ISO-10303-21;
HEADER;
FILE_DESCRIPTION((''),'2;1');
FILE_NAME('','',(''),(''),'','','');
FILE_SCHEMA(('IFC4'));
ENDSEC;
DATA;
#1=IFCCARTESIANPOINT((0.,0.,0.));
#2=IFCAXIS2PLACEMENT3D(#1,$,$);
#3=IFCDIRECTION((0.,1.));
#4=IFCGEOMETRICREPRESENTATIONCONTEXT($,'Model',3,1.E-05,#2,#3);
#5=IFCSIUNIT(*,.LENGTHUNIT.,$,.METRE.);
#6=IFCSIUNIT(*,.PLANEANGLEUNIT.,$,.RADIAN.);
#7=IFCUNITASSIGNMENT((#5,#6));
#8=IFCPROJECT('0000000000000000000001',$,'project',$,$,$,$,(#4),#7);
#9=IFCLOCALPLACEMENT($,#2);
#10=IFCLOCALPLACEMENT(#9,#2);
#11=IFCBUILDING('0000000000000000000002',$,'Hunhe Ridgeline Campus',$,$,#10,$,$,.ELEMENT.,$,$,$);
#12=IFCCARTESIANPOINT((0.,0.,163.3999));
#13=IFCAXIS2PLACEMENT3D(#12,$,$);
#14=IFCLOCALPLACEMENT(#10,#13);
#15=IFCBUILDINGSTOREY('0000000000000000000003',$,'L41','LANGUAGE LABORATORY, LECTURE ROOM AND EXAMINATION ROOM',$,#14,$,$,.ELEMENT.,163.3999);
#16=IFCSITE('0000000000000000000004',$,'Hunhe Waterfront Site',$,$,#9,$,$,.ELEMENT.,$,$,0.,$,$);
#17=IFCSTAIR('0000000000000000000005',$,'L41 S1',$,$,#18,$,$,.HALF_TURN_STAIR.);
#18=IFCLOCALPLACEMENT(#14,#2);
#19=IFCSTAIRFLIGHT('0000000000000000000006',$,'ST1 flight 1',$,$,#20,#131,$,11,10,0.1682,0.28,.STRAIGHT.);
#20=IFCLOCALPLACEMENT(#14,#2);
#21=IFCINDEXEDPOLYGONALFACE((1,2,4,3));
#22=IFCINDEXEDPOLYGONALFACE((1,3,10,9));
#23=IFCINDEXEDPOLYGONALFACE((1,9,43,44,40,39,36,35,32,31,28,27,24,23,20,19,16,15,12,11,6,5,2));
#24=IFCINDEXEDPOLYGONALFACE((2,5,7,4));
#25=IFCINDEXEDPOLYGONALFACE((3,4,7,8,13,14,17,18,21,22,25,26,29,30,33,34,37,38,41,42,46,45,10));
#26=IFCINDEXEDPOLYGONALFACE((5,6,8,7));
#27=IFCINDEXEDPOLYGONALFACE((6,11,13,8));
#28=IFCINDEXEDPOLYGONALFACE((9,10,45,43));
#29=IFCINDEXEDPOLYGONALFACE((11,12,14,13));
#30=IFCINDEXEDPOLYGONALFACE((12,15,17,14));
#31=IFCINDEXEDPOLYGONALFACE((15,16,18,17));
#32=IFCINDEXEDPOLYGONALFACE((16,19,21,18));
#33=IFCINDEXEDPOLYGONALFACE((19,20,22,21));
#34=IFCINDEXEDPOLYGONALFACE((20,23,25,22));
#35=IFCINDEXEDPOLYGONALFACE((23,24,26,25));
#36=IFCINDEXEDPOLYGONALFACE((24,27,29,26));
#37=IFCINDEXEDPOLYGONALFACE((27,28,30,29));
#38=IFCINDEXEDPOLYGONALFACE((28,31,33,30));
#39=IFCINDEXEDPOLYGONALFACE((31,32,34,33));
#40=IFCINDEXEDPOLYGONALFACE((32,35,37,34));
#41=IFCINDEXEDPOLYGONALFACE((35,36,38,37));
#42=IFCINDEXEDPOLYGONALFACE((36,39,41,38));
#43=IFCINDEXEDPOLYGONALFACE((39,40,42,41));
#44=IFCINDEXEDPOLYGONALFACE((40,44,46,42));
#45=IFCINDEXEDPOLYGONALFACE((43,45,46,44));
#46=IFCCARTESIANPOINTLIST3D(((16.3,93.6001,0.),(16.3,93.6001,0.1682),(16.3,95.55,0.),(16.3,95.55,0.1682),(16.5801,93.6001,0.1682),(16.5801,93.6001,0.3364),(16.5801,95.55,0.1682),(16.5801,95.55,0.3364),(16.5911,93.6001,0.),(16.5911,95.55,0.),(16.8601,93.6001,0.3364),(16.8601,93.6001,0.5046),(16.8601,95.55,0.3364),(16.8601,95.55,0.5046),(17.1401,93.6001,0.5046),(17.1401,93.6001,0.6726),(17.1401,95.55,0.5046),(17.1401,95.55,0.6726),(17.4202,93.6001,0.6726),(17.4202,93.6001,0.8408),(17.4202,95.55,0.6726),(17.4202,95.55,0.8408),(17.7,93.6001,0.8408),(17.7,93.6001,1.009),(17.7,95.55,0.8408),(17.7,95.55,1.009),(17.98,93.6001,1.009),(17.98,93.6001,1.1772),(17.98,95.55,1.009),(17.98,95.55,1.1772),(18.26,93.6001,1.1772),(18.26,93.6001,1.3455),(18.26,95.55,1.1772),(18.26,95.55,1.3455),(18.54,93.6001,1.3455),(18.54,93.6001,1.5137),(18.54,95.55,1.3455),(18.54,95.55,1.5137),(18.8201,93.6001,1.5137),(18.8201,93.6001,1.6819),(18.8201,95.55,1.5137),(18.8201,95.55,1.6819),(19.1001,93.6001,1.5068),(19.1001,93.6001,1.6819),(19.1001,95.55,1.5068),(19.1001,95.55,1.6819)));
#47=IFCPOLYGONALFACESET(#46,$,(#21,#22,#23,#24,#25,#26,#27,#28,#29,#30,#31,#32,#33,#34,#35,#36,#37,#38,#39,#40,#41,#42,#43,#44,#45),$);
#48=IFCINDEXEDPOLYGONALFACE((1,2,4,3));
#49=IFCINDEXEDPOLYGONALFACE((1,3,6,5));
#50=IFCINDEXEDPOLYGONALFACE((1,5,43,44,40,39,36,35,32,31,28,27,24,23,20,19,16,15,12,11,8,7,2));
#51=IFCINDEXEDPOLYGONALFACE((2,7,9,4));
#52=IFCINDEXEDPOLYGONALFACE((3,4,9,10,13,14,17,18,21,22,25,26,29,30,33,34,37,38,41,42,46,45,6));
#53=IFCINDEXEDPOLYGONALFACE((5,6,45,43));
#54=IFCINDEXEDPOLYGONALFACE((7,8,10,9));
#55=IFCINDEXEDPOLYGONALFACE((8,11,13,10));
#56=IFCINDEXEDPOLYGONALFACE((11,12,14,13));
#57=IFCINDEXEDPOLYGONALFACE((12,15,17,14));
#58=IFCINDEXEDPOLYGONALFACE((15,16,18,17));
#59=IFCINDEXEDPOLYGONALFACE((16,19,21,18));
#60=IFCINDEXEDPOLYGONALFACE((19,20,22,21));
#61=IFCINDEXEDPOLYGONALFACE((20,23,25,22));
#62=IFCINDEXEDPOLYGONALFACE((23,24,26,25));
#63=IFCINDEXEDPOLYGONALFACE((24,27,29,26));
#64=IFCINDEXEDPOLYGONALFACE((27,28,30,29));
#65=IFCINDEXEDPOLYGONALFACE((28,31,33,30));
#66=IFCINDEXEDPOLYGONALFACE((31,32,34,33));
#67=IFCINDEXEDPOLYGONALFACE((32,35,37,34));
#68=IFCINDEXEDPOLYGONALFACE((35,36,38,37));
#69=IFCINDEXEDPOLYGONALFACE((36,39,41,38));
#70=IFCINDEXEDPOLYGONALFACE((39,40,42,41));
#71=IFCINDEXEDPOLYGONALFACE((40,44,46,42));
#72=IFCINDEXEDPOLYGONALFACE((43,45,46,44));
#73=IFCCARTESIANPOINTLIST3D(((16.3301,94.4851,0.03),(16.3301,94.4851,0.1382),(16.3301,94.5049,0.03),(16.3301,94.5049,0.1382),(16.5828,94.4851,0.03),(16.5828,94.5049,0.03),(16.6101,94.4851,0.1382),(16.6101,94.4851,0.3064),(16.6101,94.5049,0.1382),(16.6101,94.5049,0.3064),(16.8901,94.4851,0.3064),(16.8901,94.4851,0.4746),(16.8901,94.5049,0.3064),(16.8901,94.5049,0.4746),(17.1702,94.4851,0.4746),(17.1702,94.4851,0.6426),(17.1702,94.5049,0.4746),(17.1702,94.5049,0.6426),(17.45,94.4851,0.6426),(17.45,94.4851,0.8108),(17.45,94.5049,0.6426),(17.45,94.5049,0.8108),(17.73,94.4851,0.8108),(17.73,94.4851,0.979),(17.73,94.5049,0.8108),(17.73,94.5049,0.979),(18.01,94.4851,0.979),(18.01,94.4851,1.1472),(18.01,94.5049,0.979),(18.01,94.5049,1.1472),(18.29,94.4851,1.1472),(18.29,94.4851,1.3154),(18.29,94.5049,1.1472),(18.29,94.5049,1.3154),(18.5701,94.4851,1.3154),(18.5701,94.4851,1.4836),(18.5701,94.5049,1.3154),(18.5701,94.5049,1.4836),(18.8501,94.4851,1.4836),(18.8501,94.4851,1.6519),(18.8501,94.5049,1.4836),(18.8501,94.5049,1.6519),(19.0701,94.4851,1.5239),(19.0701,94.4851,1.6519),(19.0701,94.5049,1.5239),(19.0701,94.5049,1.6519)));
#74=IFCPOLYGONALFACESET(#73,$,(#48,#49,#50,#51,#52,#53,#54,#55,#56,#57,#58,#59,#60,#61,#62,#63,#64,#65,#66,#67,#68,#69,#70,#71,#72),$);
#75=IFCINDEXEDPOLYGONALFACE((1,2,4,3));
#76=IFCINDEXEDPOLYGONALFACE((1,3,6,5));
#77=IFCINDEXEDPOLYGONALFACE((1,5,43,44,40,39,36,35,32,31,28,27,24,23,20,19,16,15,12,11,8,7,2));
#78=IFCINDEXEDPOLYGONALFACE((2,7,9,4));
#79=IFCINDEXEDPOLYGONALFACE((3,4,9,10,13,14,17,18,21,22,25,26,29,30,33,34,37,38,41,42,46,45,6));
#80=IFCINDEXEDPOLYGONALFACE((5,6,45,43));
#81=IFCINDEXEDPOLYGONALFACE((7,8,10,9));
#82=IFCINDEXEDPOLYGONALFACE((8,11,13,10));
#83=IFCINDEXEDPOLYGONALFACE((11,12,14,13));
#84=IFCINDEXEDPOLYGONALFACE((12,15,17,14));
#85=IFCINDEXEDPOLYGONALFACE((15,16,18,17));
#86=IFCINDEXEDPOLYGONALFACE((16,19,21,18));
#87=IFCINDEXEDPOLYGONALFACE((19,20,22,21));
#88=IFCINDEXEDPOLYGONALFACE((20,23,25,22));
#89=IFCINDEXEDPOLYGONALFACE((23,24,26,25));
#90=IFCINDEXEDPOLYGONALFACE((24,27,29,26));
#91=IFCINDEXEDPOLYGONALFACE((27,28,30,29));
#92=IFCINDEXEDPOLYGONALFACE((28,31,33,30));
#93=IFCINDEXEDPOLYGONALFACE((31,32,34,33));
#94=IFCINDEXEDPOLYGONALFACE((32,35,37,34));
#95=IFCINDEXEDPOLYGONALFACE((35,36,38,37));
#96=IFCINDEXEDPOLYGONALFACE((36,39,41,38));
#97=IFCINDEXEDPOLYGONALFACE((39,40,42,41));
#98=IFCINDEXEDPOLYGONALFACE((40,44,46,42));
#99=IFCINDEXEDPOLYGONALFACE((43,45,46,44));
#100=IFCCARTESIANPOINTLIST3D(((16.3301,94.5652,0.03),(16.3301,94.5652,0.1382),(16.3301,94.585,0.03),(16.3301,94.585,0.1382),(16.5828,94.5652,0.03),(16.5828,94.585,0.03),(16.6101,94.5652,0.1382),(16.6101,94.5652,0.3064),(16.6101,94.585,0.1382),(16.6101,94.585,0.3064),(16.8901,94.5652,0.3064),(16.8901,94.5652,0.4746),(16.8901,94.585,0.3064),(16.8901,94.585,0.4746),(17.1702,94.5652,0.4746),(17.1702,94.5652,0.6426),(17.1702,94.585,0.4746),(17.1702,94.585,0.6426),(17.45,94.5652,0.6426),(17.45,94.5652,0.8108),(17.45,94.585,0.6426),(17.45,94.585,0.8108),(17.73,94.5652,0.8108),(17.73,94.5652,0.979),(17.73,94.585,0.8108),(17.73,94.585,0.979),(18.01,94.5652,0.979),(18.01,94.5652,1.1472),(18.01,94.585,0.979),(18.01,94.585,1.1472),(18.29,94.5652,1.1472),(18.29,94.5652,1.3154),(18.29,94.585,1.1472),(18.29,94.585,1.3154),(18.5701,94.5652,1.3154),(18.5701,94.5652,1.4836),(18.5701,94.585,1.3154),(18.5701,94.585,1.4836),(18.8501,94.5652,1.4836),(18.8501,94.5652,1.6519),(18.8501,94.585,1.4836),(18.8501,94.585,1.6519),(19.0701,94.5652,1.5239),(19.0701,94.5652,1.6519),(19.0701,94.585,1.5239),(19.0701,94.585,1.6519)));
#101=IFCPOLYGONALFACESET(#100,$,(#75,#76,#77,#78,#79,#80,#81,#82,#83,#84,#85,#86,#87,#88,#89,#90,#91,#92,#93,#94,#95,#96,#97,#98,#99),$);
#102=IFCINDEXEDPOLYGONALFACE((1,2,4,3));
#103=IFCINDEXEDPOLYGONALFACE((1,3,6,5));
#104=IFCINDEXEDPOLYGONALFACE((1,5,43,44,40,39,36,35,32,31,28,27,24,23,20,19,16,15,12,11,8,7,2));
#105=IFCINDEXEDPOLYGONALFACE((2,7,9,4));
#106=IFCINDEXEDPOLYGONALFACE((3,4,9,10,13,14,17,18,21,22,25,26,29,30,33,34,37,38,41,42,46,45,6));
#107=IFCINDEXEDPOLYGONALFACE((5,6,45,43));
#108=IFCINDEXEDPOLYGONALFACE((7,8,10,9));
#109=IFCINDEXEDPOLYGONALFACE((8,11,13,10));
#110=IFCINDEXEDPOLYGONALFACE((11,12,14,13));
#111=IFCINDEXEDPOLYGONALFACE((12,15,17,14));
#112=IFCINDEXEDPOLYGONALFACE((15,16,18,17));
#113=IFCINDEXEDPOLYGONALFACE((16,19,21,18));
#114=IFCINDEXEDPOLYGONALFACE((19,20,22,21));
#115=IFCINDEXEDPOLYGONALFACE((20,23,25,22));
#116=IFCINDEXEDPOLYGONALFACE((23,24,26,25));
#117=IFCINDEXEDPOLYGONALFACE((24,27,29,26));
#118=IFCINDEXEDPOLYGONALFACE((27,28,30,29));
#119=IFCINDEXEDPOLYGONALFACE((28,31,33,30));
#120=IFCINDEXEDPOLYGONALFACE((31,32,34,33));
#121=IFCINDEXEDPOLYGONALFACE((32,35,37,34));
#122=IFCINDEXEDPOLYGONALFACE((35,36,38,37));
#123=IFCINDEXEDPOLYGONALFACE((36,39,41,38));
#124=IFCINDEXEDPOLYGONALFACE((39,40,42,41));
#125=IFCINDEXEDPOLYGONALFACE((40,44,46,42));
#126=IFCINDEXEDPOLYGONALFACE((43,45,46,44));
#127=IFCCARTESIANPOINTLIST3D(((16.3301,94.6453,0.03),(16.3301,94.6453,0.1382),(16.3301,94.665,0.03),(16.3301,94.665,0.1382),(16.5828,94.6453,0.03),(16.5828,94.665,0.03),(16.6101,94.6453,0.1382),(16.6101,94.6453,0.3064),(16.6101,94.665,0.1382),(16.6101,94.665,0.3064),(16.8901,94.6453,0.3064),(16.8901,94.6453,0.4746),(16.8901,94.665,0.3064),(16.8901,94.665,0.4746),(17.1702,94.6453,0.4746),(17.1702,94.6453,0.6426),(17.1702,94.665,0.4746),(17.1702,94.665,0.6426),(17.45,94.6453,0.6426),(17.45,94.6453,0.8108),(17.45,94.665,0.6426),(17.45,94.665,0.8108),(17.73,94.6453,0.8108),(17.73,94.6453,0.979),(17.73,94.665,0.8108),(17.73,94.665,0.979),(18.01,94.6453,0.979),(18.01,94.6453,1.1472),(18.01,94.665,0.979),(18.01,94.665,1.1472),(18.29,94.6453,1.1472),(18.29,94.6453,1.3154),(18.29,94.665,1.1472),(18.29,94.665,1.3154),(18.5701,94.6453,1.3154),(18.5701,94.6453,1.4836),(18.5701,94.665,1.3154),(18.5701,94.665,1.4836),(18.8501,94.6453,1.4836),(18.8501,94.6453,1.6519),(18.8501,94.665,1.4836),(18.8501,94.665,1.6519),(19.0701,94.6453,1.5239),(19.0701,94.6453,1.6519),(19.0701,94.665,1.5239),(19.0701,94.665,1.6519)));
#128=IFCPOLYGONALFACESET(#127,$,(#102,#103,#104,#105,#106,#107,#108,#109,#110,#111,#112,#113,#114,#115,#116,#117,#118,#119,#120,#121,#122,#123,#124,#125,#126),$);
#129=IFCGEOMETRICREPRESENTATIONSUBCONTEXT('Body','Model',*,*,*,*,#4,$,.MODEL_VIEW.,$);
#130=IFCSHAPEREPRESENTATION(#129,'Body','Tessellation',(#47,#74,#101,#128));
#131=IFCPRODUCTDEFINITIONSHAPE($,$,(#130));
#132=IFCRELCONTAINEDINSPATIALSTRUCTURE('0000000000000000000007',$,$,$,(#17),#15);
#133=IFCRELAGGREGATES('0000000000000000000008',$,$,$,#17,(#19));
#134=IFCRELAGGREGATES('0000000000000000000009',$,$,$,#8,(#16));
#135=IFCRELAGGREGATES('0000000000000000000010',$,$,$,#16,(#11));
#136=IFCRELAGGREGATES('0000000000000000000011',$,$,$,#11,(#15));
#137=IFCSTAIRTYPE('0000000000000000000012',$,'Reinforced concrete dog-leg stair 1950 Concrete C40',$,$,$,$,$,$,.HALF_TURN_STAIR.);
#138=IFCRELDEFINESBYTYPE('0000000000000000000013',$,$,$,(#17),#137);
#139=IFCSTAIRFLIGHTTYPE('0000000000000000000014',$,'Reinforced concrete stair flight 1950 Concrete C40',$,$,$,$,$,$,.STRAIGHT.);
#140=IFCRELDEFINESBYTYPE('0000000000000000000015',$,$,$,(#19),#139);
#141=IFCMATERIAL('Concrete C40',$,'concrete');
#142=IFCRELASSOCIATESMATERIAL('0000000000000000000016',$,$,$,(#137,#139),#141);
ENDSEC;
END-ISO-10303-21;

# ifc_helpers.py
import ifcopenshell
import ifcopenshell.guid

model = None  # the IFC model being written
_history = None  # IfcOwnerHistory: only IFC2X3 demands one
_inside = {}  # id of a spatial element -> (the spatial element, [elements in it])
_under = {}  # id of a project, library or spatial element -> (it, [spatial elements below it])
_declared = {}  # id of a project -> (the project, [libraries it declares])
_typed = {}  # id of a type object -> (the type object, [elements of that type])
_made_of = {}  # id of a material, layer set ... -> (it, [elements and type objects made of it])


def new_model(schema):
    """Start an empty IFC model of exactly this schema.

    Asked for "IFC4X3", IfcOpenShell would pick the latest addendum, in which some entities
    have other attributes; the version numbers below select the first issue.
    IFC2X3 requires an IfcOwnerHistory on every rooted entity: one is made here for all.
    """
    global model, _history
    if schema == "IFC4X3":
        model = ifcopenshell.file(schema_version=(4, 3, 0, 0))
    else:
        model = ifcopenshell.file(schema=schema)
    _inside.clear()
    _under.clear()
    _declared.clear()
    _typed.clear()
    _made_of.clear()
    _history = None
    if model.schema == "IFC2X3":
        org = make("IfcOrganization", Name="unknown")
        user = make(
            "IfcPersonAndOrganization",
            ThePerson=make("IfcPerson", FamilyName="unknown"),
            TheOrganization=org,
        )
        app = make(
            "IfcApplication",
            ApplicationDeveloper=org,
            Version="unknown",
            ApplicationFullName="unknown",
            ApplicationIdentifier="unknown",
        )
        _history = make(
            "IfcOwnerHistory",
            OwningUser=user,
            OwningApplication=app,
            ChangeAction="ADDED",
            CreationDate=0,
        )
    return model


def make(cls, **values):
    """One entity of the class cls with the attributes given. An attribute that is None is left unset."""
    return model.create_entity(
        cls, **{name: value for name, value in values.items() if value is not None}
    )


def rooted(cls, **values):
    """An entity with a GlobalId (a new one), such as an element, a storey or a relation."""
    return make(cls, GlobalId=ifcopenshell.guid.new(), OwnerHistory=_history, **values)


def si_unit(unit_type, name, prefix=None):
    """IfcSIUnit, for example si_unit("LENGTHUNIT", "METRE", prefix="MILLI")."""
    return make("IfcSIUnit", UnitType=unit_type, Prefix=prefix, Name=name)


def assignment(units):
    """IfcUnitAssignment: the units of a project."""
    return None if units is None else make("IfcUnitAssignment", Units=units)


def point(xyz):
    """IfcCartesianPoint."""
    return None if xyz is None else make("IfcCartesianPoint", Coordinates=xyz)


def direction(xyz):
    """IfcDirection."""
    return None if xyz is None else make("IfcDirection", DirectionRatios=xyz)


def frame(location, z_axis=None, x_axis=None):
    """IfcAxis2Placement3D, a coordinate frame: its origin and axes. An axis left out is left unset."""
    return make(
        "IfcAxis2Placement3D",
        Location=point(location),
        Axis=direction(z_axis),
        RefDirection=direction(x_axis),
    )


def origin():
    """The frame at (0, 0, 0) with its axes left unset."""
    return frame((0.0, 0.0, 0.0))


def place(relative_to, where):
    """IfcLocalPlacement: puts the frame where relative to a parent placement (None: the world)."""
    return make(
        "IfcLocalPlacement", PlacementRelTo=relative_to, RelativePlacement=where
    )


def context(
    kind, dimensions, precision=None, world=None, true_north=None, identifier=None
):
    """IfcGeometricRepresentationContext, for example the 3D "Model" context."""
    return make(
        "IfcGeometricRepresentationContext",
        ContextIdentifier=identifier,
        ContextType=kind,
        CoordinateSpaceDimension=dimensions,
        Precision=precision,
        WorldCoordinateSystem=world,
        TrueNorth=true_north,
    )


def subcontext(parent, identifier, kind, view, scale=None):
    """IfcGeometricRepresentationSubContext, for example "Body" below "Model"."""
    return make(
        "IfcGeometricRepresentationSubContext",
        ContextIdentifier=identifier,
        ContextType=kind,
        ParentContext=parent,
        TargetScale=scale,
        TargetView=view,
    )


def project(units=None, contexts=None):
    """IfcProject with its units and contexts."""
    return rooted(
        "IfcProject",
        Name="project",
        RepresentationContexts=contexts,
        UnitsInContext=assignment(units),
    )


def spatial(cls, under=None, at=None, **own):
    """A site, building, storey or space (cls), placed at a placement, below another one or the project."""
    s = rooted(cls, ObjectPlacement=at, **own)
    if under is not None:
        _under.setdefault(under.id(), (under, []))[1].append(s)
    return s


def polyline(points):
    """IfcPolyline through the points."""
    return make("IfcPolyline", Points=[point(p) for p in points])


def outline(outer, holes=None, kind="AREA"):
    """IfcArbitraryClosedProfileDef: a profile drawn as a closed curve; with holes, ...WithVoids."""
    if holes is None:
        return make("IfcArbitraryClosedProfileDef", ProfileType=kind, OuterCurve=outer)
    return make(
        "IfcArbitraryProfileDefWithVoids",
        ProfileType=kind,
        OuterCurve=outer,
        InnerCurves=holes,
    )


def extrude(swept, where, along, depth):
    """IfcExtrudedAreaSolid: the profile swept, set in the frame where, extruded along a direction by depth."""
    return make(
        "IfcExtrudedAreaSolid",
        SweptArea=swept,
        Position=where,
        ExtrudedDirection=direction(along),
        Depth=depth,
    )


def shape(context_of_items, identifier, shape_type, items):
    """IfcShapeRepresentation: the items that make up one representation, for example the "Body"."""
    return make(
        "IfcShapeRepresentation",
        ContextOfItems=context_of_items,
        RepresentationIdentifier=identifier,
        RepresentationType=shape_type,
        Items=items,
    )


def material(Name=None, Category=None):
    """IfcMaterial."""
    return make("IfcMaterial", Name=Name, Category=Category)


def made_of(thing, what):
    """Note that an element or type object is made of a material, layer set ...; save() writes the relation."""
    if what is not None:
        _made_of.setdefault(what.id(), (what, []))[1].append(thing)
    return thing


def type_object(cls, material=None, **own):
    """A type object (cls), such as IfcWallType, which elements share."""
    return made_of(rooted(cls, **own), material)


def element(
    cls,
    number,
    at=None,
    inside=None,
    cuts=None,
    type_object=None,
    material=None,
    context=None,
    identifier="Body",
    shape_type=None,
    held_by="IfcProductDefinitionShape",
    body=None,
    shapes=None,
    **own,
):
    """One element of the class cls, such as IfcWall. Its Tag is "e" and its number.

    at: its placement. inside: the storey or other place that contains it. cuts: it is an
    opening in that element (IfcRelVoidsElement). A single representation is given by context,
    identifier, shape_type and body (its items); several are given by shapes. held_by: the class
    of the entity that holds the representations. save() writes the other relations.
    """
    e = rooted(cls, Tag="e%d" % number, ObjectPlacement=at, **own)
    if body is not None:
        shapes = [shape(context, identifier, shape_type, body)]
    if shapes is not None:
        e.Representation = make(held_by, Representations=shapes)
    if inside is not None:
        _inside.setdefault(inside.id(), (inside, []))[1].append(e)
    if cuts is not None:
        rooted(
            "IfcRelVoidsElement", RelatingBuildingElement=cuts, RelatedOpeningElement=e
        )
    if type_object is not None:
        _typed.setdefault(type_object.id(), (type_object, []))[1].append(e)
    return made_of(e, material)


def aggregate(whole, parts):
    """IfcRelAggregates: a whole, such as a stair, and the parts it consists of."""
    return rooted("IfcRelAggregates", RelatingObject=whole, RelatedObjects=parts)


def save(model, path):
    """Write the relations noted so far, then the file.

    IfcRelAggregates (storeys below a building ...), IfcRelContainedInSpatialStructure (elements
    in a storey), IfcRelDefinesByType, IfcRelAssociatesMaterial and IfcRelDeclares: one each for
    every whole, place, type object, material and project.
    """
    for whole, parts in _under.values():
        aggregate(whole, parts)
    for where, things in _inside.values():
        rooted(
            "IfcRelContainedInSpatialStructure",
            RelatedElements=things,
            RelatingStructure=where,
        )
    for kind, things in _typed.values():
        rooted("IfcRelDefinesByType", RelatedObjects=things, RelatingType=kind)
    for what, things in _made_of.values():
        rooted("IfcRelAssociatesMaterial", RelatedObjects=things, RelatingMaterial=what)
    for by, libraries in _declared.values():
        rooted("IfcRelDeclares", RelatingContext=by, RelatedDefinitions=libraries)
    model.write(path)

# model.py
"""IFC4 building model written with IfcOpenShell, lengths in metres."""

from ifc_helpers import new_model, si_unit, direction, frame, origin, place, context, subcontext, project, spatial, polyline, outline, extrude, material, type_object, element, aggregate, save


model = new_model("IFC4")

# Units and contexts
model_context = context("Model", 3, precision=1e-05, world=origin(), true_north=direction((0.0, 1.0)))
body_context = subcontext(model_context, "Body", "Model", "MODEL_VIEW")
ifc_project = project(units=[si_unit("LENGTHUNIT", "METRE"), si_unit("PLANEANGLEUNIT", "RADIAN")], contexts=[model_context])

# Site, building, storey
site_placement = place(None, origin())
site = spatial("IfcSite", under=ifc_project, at=site_placement, Name="Hunhe Waterfront Site", CompositionType="ELEMENT", RefElevation=0.0)
building_placement = place(site_placement, origin())
building = spatial("IfcBuilding", under=site, at=building_placement, Name="Hunhe Ridgeline Campus", CompositionType="ELEMENT")
storey_placement = place(building_placement, frame((0.0, 0.0, 163.3999)))
storey = spatial("IfcBuildingStorey", under=building, at=storey_placement, Name="L41", Description="LANGUAGE LABORATORY, LECTURE ROOM AND EXAMINATION ROOM", CompositionType="ELEMENT", Elevation=163.3999)

# Stair, stair flight
ifc_material_1 = material(Name="Concrete C40", Category="concrete")
stair_type = type_object("IfcStairType", Name="Reinforced concrete dog-leg stair 1950 Concrete C40", PredefinedType="HALF_TURN_STAIR", material=ifc_material_1)
stair_placement = place(storey_placement, origin())
stair = element("IfcStair", 1, at=stair_placement, inside=storey, type_object=stair_type, Name="L41 S1", PredefinedType="HALF_TURN_STAIR")
stair_flight_type = type_object("IfcStairFlightType", Name="Reinforced concrete stair flight 1950 Concrete C40", PredefinedType="STRAIGHT", material=ifc_material_1)
stair_flight_placement = place(storey_placement, frame((16.3, 94.575, 0.0), z_axis=(0.0, 0.0, 1.0), x_axis=(1.0, 0.0, 0.0)))
stair_flight = element("IfcStairFlight", 2, at=stair_flight_placement, type_object=stair_flight_type, Name="ST1 flight 1", NumberOfRisers=11, NumberOfTreads=10, PredefinedType="STRAIGHT", RiserHeight=0.1682, TreadLength=0.28, context=body_context, shape_type="SweptSolid", body=[
    extrude(outline(polyline([(0.0, 0.0), (0.0, 0.1682), (0.28, 0.1682), (0.28, 0.3364), (0.5601, 0.3364), (0.5601, 0.5046), (0.8401, 0.5046), (0.8401, 0.6726), (1.1201, 0.6726), (1.1201, 0.8408), (1.3999, 0.8408), (1.3999, 1.009), (1.6799, 1.009), (1.6799, 1.1772), (1.96, 1.1772), (1.96, 1.3455), (2.24, 1.3455), (2.24, 1.5137), (2.52, 1.5137), (2.52, 1.6819), (2.8, 1.6819), (2.8, 1.8501), (2.8, 1.5068), (0.291, 0.0), (0.0, 0.0)])), frame((0.0, 0.9751, 0.0), z_axis=(0.0, -1.0, 0.0), x_axis=(1.0, 0.0, 0.0)), (0.0, 0.0, 1.0), 1.95),
    extrude(outline(polyline([(0.03, 0.03), (0.03, 0.1382), (0.3101, 0.1382), (0.3101, 0.3064), (0.5901, 0.3064), (0.5901, 0.4746), (0.8701, 0.4746), (0.8701, 0.6426), (1.1499, 0.6426), (1.1499, 0.8108), (1.4299, 0.8108), (1.4299, 0.979), (1.71, 0.979), (1.71, 1.1472), (1.99, 1.1472), (1.99, 1.3154), (2.27, 1.3154), (2.27, 1.4836), (2.55, 1.4836), (2.55, 1.6519), (2.77, 1.6519), (2.77, 1.5239), (0.2827, 0.03), (0.03, 0.03)])), frame((0.0, -0.0701, 0.0), z_axis=(0.0, -1.0, 0.0), x_axis=(1.0, 0.0, 0.0)), (0.0, 0.0, 1.0), 0.0198),
    extrude(outline(polyline([(0.03, 0.03), (0.03, 0.1382), (0.3101, 0.1382), (0.3101, 0.3064), (0.5901, 0.3064), (0.5901, 0.4746), (0.8701, 0.4746), (0.8701, 0.6426), (1.1499, 0.6426), (1.1499, 0.8108), (1.4299, 0.8108), (1.4299, 0.979), (1.71, 0.979), (1.71, 1.1472), (1.99, 1.1472), (1.99, 1.3154), (2.27, 1.3154), (2.27, 1.4836), (2.55, 1.4836), (2.55, 1.6519), (2.77, 1.6519), (2.77, 1.5239), (0.2827, 0.03), (0.03, 0.03)])), frame((0.0, 0.01, 0.0), z_axis=(0.0, -1.0, 0.0), x_axis=(1.0, 0.0, 0.0)), (0.0, 0.0, 1.0), 0.0198),
    extrude(outline(polyline([(0.03, 0.03), (0.03, 0.1382), (0.3101, 0.1382), (0.3101, 0.3064), (0.5901, 0.3064), (0.5901, 0.4746), (0.8701, 0.4746), (0.8701, 0.6426), (1.1499, 0.6426), (1.1499, 0.8108), (1.4299, 0.8108), (1.4299, 0.979), (1.71, 0.979), (1.71, 1.1472), (1.99, 1.1472), (1.99, 1.3154), (2.27, 1.3154), (2.27, 1.4836), (2.55, 1.4836), (2.55, 1.6519), (2.77, 1.6519), (2.77, 1.5239), (0.2827, 0.03), (0.03, 0.03)])), frame((0.0, 0.0901, 0.0), z_axis=(0.0, -1.0, 0.0), x_axis=(1.0, 0.0, 0.0)), (0.0, 0.0, 1.0), 0.0198),
])
aggregate(stair, [stair_flight])

save(model, "model.ifc")
